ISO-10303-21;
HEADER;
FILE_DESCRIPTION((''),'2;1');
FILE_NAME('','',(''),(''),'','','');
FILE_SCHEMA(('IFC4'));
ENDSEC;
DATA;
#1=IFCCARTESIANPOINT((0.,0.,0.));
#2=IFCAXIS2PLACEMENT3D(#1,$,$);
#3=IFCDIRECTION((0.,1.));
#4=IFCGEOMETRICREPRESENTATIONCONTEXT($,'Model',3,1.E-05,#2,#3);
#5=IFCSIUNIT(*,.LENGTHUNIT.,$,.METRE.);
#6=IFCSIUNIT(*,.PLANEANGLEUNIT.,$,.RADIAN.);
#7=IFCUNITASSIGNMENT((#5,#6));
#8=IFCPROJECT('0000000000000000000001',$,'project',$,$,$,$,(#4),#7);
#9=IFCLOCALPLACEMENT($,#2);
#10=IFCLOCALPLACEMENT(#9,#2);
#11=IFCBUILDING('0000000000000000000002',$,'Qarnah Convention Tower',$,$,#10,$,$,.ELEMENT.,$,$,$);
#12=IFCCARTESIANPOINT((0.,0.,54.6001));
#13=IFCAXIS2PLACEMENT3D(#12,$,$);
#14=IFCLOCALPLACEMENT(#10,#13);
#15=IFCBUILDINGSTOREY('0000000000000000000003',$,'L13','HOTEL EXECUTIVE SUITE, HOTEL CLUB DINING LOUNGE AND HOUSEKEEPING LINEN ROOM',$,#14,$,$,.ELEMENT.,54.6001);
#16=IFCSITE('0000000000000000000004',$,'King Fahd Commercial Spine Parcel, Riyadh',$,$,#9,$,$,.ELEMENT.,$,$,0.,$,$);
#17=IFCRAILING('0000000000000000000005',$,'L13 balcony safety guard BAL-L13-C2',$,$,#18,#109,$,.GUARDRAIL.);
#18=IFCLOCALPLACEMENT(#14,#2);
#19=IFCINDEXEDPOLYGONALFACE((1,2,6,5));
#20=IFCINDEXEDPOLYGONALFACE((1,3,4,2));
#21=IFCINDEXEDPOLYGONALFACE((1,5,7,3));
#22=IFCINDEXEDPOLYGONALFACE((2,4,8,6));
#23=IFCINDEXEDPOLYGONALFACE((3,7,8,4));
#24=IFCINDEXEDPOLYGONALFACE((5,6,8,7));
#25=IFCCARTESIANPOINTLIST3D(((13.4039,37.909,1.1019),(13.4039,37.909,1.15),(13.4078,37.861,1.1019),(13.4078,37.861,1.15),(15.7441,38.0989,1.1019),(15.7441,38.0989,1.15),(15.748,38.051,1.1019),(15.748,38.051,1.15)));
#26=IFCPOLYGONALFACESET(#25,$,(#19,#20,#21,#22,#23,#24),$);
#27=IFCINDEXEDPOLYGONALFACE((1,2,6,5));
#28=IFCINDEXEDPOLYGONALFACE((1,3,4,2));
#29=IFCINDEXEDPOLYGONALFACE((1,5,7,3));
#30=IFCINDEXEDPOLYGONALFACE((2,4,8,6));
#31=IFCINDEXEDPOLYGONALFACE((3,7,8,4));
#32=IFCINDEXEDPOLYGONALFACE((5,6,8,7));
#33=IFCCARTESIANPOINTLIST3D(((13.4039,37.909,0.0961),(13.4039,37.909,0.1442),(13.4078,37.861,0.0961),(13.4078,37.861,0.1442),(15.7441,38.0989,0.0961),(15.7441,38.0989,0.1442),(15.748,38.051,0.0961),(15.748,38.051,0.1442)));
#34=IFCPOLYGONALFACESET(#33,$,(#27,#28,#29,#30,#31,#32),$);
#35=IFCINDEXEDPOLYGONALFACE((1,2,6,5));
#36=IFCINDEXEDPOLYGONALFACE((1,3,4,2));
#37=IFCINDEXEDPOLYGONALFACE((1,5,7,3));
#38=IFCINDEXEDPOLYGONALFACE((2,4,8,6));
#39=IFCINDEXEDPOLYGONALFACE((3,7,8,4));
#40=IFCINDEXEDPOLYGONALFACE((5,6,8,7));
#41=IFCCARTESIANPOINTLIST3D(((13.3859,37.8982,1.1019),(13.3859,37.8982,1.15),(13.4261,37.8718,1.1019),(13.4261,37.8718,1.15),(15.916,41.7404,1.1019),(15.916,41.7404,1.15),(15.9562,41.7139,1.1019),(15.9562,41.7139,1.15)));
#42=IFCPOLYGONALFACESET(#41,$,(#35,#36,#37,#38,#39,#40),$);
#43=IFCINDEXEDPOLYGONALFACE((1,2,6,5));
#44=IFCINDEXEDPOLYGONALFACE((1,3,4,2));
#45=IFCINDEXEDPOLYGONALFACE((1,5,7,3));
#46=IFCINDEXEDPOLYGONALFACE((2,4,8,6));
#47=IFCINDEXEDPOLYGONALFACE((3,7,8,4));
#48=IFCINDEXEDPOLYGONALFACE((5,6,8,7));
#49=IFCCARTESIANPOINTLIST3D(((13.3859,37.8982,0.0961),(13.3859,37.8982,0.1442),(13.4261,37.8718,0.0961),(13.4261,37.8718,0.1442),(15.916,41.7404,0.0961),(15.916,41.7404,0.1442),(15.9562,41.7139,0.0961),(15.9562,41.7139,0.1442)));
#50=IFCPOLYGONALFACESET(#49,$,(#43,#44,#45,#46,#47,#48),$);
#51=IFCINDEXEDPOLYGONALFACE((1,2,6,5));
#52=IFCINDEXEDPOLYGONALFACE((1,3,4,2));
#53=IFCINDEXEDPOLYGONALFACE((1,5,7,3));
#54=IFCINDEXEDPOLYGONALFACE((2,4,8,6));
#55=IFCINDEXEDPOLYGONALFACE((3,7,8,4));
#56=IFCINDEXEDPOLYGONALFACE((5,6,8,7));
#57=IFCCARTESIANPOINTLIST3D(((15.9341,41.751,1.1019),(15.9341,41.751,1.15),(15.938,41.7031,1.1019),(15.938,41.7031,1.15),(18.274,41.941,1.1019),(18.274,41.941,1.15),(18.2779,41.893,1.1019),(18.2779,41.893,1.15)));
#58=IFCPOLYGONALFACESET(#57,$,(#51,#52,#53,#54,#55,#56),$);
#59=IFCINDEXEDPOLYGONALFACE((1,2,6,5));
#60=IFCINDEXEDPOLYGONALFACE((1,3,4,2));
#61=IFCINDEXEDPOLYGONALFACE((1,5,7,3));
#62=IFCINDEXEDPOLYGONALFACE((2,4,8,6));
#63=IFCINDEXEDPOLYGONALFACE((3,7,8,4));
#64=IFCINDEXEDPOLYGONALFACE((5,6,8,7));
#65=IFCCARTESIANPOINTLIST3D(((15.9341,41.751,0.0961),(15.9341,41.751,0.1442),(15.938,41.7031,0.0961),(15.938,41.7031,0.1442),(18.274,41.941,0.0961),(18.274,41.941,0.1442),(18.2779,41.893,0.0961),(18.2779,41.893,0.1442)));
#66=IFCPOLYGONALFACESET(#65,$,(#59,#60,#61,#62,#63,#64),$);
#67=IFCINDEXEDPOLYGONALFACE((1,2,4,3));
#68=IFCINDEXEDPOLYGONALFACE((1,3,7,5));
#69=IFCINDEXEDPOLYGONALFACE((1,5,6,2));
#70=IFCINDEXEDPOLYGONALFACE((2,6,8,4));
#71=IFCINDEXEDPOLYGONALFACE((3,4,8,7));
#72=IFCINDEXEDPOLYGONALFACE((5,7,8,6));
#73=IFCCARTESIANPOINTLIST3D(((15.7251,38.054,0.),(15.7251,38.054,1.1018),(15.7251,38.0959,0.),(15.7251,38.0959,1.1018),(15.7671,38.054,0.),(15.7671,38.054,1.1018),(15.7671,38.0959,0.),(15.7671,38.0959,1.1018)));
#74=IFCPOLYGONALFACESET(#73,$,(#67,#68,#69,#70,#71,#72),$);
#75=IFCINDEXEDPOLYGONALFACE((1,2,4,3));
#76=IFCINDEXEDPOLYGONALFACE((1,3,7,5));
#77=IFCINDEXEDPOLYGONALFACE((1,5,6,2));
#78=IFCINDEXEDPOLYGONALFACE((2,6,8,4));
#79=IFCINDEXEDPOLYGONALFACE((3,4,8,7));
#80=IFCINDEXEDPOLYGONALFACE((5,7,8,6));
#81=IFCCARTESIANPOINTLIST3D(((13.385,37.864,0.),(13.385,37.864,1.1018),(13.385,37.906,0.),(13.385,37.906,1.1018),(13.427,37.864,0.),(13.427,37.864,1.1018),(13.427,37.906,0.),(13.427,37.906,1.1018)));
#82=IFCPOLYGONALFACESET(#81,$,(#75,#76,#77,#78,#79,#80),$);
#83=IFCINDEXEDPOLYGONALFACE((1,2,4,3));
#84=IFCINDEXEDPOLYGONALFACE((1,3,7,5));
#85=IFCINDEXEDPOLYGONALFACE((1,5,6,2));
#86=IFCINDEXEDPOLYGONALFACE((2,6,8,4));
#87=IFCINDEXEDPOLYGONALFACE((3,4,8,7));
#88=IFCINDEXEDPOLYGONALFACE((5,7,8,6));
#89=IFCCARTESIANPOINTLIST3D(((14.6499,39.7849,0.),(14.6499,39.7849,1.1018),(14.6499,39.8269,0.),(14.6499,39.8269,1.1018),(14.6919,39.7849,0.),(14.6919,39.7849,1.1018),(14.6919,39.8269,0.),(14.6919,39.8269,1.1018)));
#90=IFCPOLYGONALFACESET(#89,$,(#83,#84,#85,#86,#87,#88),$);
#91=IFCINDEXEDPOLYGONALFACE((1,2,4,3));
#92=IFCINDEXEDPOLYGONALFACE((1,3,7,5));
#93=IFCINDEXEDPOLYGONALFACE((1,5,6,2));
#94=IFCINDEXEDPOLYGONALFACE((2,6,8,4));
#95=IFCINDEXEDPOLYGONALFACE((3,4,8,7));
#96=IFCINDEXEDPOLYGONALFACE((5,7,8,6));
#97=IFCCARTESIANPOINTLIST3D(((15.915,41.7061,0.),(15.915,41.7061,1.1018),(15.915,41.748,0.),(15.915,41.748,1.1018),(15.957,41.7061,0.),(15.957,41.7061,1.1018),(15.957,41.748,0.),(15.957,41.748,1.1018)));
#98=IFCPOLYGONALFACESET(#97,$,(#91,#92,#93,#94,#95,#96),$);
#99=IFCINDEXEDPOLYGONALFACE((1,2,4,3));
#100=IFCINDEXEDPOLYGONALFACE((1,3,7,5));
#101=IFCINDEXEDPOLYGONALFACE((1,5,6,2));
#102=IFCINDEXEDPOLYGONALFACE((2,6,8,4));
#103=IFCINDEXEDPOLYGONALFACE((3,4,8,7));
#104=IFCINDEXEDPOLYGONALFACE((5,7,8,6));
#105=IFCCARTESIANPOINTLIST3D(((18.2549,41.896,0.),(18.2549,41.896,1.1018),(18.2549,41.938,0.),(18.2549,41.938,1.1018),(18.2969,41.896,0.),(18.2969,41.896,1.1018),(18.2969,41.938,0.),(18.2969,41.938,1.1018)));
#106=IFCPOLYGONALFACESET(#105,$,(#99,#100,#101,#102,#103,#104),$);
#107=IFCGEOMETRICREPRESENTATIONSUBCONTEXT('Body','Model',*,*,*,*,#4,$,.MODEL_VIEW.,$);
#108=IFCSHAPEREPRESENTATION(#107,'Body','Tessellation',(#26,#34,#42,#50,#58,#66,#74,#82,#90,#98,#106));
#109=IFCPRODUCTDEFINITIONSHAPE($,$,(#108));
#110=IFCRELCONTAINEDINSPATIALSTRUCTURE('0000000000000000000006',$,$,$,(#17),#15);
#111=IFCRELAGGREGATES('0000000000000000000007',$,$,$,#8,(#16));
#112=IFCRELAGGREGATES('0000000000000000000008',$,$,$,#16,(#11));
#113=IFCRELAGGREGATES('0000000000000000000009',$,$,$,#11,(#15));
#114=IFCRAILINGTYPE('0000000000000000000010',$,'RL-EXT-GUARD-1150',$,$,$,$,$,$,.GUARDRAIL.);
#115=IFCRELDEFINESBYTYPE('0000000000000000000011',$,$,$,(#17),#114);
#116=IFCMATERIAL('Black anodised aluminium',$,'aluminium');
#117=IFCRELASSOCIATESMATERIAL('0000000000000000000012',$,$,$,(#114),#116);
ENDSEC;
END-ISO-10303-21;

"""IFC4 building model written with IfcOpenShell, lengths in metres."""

from ifc_helpers import new_model, si_unit, direction, frame, origin, origin_2d, place, context, subcontext, project, spatial, rectangle, extrude, material, type_object, element, save


model = new_model("IFC4")

# Units and contexts
model_context = context("Model", 3, precision=1e-05, world=origin(), true_north=direction((0.0, 1.0)))
body_context = subcontext(model_context, "Body", "Model", "MODEL_VIEW")
ifc_project = project(units=[si_unit("LENGTHUNIT", "METRE"), si_unit("PLANEANGLEUNIT", "RADIAN")], contexts=[model_context])

# Site, building, storey
site_placement = place(None, origin())
site = spatial("IfcSite", under=ifc_project, at=site_placement, Name="King Fahd Commercial Spine Parcel, Riyadh", CompositionType="ELEMENT", RefElevation=0.0)
building_placement = place(site_placement, origin())
building = spatial("IfcBuilding", under=site, at=building_placement, Name="Qarnah Convention Tower", CompositionType="ELEMENT")
storey_placement = place(building_placement, frame((0.0, 0.0, 54.6001)))
storey = spatial("IfcBuildingStorey", under=building, at=storey_placement, Name="L13", Description="HOTEL EXECUTIVE SUITE, HOTEL CLUB DINING LOUNGE AND HOUSEKEEPING LINEN ROOM", CompositionType="ELEMENT", Elevation=54.6001)

# Shared definitions
ifc_material_1 = material(Name="Black anodised aluminium", Category="aluminium")

# Railing
railing_type = type_object("IfcRailingType", Name="RL-EXT-GUARD-1150", PredefinedType="GUARDRAIL", material=ifc_material_1)
railing_1_placement = place(storey_placement, frame((15.7461, 38.075, 0.0)))
element("IfcRailing", 1, at=railing_1_placement, inside=storey, type_object=railing_type, Name="L13 balcony safety guard BAL-L13-C2", PredefinedType="GUARDRAIL", context=body_context, shape_type="SweptSolid", body=[
    extrude(rectangle(XDim=0.0481, YDim=0.0481, at=origin_2d()), frame((0.0, 0.0, 1.126), z_axis=(-0.996722, -0.080902, 0.0), x_axis=(0.080902, -0.996722, 0.0)), (0.0, 0.0, 1.0), 2.3479),
    extrude(rectangle(XDim=0.0481, YDim=0.0481, at=origin_2d()), frame((0.0, 0.0, 0.1201), z_axis=(-0.996722, -0.080902, 0.0), x_axis=(0.080902, -0.996722, 0.0)), (0.0, 0.0, 1.0), 2.3479),
    extrude(rectangle(XDim=0.0481, YDim=0.0481, at=origin_2d()), frame((-2.3401, -0.1899, 1.126), z_axis=(0.549976, 0.83518, 0.0), x_axis=(-0.83518, 0.549976, 0.0)), (0.0, 0.0, 1.0), 4.6003),
    extrude(rectangle(XDim=0.0481, YDim=0.0481, at=origin_2d()), frame((-2.3401, -0.1899, 0.1201), z_axis=(0.549976, 0.83518, 0.0), x_axis=(-0.83518, 0.549976, 0.0)), (0.0, 0.0, 1.0), 4.6003),
    extrude(rectangle(XDim=0.0481, YDim=0.0481, at=origin_2d()), frame((0.1899, 3.6521, 1.126), z_axis=(0.996721, 0.080911, 0.0), x_axis=(-0.080911, 0.996721, 0.0)), (0.0, 0.0, 1.0), 2.3477),
    extrude(rectangle(XDim=0.0481, YDim=0.0481, at=origin_2d()), frame((0.1899, 3.6521, 0.1201), z_axis=(0.996721, 0.080911, 0.0), x_axis=(-0.080911, 0.996721, 0.0)), (0.0, 0.0, 1.0), 2.3477),
    extrude(rectangle(XDim=0.042, YDim=0.042, at=origin_2d()), origin(), (0.0, 0.0, 1.0), 1.1018),
    extrude(rectangle(XDim=0.042, YDim=0.042, at=origin_2d()), frame((-2.3401, -0.1899, 0.0)), (0.0, 0.0, 1.0), 1.1018),
    extrude(rectangle(XDim=0.042, YDim=0.042, at=origin_2d()), frame((-1.0752, 1.731, 0.0)), (0.0, 0.0, 1.0), 1.1018),
    extrude(rectangle(XDim=0.042, YDim=0.042, at=origin_2d()), frame((0.1899, 3.6521, 0.0)), (0.0, 0.0, 1.0), 1.1018),
    extrude(rectangle(XDim=0.042, YDim=0.042, at=origin_2d()), frame((2.5298, 3.842, 0.0)), (0.0, 0.0, 1.0), 1.1018),
])

save(model, "model.ifc")
